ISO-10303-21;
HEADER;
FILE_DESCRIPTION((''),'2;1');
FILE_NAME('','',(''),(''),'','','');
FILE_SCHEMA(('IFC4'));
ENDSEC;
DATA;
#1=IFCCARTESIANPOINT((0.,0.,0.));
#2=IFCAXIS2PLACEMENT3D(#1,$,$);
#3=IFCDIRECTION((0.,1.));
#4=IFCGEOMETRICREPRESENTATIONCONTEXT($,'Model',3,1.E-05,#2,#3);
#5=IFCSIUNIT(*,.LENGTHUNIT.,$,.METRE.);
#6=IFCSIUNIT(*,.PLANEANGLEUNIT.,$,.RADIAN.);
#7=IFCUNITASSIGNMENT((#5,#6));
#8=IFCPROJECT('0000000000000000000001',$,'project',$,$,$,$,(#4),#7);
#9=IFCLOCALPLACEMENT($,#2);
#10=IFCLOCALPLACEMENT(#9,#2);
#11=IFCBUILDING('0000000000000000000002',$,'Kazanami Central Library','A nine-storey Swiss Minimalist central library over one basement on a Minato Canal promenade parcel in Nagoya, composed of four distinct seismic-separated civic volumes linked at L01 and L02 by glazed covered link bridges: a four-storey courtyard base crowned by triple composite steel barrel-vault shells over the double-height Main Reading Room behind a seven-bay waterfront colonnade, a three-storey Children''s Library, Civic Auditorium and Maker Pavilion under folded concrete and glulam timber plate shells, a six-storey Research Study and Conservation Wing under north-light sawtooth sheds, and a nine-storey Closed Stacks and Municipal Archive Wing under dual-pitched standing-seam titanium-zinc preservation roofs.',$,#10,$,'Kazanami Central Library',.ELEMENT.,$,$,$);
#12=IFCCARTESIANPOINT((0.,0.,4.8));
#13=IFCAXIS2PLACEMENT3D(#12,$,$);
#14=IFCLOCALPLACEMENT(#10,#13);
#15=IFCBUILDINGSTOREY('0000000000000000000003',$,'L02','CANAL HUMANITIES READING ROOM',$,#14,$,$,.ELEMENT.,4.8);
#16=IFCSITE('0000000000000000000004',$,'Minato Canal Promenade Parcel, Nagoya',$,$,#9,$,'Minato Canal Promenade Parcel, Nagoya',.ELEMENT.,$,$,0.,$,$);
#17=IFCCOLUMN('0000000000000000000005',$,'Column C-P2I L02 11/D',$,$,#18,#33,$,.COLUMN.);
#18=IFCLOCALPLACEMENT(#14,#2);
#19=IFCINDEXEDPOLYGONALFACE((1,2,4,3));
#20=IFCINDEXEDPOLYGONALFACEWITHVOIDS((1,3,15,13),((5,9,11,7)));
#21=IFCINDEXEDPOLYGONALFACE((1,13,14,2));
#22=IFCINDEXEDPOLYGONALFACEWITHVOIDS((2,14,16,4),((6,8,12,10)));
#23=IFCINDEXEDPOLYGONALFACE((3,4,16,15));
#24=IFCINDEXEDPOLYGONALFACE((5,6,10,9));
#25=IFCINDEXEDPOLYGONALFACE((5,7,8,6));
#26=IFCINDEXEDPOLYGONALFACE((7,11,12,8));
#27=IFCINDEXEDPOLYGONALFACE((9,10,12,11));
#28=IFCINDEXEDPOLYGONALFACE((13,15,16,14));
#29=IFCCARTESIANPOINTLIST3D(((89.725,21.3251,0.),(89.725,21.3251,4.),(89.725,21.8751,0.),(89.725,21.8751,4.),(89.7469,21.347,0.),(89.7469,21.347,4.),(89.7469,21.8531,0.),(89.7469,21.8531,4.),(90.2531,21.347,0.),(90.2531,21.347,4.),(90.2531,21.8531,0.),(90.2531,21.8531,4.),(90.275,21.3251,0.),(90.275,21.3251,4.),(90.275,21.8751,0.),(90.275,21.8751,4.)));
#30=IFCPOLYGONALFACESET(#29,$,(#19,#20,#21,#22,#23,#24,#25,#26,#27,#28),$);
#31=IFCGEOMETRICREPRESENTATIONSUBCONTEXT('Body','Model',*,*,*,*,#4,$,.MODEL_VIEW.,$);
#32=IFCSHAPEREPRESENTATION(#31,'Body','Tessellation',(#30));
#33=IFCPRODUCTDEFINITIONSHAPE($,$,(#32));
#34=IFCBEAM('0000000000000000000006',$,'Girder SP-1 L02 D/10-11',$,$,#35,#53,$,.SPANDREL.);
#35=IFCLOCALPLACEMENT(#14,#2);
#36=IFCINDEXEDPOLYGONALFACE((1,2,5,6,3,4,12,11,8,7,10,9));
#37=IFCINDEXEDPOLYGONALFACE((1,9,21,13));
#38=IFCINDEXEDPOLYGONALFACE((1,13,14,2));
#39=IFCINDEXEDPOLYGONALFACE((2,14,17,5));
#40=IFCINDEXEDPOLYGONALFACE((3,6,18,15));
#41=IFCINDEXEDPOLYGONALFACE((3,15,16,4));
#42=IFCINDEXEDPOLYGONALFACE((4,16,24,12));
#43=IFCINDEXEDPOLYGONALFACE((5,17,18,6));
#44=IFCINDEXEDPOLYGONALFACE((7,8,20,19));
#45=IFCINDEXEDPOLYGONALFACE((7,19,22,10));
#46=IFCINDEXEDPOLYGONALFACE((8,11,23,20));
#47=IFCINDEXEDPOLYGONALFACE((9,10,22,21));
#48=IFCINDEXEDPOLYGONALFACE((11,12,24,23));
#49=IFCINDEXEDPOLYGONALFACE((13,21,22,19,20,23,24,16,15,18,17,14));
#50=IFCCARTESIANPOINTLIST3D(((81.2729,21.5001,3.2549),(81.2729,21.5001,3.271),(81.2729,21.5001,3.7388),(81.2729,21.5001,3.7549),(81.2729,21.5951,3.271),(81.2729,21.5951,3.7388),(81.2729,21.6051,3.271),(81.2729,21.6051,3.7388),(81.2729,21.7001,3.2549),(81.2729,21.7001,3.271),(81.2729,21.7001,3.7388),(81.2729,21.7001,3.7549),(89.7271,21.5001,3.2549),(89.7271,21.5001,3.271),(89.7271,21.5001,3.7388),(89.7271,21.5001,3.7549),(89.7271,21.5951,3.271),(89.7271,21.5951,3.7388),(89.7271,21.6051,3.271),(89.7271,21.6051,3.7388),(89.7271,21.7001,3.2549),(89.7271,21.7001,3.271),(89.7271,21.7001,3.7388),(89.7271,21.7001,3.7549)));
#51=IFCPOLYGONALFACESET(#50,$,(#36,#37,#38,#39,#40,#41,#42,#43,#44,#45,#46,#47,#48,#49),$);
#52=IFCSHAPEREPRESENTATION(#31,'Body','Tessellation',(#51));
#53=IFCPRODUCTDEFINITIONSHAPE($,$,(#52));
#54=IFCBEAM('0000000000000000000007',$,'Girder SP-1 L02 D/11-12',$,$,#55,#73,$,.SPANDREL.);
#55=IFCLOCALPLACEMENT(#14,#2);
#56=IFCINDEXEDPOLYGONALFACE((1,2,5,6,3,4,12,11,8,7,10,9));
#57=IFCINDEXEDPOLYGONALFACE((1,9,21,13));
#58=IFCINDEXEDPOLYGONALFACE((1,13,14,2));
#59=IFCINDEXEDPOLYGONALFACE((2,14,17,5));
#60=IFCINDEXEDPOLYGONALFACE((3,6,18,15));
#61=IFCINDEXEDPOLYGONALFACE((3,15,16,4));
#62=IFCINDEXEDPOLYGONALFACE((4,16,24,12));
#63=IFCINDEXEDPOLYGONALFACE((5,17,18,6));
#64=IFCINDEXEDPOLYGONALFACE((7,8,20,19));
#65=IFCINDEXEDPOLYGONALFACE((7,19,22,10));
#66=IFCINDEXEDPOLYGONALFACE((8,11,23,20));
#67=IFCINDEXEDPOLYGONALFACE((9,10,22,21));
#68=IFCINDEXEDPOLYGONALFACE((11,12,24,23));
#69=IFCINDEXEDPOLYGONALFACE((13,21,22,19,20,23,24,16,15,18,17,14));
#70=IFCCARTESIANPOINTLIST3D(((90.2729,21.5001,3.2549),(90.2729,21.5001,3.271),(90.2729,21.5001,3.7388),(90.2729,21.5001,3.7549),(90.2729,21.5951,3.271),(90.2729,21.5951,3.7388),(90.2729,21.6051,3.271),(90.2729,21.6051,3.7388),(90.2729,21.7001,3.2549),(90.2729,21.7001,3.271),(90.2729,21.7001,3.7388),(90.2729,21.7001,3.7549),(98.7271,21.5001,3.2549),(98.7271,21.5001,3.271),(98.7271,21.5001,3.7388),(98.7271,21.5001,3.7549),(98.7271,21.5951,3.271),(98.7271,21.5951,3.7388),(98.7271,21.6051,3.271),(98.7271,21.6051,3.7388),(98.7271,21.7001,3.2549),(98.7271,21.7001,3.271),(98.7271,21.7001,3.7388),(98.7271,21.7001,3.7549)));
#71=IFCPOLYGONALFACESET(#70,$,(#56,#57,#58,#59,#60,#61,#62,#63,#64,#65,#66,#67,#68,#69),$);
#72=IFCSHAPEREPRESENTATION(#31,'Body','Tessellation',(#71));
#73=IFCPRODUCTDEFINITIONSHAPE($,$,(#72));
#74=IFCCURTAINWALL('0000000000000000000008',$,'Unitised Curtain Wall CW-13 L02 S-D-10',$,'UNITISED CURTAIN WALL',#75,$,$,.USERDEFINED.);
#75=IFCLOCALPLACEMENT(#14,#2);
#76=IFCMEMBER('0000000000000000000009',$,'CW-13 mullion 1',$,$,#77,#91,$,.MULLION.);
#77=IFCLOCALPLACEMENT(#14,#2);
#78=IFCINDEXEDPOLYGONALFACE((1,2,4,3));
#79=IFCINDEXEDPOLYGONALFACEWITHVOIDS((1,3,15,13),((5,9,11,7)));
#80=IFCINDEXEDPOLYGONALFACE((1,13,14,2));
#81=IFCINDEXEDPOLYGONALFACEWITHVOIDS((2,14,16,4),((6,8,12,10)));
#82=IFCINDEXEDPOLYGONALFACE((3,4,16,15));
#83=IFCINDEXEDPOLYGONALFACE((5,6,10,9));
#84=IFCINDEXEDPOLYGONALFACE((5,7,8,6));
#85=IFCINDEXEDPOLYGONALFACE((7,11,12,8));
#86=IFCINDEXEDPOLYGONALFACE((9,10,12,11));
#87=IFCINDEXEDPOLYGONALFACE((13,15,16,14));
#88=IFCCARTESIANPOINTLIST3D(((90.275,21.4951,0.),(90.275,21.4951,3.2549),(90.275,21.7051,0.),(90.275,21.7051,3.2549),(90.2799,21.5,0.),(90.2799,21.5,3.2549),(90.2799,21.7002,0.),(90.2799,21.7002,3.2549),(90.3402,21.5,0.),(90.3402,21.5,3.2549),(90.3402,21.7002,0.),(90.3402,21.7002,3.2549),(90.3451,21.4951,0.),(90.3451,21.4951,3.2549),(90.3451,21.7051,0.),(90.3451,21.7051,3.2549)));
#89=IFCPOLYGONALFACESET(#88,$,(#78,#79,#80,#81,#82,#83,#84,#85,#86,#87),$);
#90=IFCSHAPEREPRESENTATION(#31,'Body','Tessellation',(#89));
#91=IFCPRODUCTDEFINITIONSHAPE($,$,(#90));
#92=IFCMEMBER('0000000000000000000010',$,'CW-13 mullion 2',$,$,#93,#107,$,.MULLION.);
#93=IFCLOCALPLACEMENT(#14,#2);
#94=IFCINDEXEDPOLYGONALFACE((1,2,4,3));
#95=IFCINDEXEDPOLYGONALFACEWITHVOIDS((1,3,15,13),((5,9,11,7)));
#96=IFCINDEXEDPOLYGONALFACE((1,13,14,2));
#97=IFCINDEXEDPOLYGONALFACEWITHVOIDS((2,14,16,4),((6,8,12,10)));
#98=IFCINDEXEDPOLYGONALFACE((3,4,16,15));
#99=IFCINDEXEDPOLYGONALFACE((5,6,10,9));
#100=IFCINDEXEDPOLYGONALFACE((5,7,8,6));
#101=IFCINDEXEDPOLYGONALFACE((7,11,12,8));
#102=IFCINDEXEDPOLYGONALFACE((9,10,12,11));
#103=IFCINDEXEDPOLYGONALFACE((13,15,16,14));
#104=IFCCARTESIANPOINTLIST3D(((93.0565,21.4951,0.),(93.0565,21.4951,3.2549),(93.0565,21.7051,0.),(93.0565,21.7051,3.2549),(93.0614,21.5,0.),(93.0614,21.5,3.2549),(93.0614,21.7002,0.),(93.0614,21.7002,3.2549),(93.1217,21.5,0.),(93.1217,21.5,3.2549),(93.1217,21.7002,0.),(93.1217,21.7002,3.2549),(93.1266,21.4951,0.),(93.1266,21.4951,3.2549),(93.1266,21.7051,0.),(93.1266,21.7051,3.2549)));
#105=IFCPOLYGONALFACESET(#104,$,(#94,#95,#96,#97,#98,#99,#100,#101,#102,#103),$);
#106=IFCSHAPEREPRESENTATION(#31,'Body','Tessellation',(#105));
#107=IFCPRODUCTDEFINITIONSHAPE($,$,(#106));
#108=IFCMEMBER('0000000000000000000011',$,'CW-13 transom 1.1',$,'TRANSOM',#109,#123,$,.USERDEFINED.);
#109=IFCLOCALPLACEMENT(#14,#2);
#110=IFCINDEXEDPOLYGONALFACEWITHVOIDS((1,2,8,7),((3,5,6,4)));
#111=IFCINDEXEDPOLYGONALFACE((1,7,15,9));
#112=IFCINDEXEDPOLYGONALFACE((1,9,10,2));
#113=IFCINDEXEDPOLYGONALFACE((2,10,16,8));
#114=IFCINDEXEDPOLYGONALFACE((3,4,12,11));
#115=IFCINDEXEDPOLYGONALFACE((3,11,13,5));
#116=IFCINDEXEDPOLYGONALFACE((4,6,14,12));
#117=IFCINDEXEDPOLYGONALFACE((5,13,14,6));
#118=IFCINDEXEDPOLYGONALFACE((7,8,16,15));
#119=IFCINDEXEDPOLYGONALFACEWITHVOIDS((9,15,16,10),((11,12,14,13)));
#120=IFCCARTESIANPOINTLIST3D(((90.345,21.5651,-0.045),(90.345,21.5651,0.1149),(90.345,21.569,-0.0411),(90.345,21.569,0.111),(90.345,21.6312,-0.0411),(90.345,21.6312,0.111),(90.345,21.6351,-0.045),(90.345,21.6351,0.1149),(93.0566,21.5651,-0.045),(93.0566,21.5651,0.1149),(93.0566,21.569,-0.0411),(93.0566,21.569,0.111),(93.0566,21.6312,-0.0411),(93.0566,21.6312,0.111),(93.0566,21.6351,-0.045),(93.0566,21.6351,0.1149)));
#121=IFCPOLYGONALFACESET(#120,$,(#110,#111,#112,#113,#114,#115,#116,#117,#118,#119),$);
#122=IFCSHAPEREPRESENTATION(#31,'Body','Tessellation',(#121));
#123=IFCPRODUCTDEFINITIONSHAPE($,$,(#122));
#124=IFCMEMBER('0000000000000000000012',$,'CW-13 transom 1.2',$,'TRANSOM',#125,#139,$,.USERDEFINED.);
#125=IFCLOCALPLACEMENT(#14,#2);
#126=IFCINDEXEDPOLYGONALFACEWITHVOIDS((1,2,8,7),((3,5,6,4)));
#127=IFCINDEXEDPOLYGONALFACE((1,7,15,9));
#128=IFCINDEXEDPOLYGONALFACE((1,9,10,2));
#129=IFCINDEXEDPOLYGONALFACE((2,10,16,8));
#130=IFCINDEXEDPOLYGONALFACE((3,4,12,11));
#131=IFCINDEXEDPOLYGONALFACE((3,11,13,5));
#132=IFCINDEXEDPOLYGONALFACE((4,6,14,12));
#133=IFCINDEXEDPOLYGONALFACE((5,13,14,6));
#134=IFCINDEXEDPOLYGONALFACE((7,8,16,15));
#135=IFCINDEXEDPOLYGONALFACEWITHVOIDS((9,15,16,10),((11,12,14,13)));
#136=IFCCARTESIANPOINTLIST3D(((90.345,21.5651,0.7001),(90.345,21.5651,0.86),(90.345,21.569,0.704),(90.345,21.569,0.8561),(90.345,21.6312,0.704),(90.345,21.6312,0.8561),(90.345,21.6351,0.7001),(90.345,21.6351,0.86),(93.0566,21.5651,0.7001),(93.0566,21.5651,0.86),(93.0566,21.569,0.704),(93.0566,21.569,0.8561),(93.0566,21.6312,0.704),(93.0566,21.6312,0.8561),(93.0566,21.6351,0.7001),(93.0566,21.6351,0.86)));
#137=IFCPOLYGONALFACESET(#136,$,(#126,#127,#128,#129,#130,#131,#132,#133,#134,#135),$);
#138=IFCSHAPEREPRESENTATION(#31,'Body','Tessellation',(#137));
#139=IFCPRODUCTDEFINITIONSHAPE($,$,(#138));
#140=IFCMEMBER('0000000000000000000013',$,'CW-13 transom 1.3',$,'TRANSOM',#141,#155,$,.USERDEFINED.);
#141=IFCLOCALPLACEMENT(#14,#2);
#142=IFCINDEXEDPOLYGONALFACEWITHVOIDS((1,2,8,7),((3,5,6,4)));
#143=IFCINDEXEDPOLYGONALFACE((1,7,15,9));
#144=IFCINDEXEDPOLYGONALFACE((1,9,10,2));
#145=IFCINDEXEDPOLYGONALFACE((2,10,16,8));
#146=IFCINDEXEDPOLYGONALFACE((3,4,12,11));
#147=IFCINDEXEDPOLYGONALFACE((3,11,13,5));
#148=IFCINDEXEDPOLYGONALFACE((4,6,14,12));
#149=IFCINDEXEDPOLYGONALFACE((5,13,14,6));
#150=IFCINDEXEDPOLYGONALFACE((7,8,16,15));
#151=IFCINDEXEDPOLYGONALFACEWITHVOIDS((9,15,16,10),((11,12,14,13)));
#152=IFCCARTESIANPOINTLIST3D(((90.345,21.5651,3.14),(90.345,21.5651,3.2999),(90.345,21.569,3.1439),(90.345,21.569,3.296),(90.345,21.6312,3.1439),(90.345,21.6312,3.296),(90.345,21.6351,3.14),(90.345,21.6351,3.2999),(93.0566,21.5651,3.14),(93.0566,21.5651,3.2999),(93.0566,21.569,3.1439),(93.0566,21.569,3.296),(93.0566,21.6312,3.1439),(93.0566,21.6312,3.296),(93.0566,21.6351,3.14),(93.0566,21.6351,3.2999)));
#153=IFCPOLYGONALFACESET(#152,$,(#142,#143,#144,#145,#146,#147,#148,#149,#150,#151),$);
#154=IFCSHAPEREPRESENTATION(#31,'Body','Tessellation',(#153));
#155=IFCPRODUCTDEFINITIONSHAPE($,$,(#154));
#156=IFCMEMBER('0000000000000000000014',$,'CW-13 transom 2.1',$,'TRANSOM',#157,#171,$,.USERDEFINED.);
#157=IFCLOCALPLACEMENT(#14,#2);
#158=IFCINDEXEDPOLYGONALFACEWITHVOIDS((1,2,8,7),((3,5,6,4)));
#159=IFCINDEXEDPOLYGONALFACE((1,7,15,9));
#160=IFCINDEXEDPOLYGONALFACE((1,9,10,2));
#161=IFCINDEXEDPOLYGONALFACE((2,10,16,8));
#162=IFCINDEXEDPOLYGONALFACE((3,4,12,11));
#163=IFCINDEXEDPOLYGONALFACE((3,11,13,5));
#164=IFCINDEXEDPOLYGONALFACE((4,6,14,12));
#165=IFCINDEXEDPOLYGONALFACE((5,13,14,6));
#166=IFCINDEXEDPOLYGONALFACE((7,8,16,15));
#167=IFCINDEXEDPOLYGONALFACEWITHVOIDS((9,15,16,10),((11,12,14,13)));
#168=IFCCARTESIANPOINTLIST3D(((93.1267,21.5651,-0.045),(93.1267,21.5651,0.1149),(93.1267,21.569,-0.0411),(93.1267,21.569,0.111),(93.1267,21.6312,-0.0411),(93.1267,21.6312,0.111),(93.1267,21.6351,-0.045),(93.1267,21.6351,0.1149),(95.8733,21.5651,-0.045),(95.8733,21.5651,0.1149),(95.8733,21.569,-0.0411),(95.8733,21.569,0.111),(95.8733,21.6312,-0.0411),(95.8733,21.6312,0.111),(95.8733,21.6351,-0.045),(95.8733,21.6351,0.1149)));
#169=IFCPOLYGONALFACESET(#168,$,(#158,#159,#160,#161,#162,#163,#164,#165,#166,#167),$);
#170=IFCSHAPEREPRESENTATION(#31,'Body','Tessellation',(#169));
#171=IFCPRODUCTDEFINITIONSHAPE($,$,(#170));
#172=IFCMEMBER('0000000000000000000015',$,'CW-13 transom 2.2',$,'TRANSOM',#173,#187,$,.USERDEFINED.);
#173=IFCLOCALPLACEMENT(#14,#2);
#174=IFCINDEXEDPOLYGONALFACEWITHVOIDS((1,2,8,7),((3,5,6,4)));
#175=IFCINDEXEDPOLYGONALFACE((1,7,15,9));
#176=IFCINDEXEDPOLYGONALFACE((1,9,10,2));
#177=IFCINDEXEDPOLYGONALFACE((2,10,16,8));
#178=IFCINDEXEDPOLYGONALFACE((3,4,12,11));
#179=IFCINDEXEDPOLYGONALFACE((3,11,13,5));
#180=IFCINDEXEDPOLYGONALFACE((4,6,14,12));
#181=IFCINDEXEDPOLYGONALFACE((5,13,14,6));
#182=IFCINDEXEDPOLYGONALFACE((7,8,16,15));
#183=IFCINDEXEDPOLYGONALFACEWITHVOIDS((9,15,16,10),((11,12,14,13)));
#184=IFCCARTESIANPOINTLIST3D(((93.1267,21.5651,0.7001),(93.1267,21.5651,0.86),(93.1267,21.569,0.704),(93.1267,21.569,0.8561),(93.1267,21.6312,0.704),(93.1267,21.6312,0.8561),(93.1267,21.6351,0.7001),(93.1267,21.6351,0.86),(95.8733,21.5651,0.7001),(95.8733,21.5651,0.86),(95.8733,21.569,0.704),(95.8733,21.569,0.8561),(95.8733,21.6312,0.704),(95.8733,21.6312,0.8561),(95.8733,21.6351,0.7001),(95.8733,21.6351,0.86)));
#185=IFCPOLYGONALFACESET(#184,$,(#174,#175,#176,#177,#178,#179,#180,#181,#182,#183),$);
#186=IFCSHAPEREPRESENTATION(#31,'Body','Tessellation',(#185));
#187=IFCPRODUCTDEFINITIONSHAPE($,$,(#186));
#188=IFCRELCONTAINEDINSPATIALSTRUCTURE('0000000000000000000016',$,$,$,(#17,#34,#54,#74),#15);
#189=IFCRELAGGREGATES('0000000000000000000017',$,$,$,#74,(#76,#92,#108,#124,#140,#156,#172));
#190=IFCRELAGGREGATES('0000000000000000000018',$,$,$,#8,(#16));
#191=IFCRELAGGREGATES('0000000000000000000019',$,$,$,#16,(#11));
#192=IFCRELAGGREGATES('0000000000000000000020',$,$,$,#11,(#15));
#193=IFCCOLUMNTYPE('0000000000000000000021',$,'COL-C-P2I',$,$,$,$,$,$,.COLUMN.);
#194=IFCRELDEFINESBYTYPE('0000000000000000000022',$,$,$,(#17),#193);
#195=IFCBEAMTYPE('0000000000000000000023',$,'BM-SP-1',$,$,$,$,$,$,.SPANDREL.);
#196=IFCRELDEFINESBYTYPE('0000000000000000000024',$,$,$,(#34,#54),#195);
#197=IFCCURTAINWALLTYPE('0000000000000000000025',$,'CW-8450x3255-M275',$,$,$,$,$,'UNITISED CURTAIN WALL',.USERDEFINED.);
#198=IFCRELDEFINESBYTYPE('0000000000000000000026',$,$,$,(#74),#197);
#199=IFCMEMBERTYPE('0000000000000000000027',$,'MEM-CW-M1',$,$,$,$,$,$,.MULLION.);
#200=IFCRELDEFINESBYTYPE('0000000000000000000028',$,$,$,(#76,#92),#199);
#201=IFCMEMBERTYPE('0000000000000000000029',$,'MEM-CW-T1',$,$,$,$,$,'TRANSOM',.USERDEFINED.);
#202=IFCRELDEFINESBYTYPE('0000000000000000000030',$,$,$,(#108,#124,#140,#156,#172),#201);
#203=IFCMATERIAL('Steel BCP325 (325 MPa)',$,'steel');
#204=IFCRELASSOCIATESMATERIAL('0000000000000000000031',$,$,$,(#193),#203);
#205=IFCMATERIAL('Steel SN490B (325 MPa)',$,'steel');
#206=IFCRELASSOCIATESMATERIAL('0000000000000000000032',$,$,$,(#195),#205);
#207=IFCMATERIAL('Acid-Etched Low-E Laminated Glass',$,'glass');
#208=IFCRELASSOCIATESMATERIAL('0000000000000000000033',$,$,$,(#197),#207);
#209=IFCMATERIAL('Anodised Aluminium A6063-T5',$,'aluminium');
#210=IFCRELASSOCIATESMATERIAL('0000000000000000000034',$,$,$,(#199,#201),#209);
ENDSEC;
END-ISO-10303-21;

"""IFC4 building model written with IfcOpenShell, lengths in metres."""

from ifc_helpers import new_model, si_unit, direction, frame, origin, origin_2d, place, context, subcontext, project, spatial, hollow_rectangle, i_section, extrude, material, material_profile, profile_set, type_object, element, aggregate, save


model = new_model("IFC4")

# Units and contexts
model_context = context("Model", 3, precision=1e-05, world=origin(), true_north=direction((0.0, 1.0)))
body_context = subcontext(model_context, "Body", "Model", "MODEL_VIEW")
ifc_project = project(units=[si_unit("LENGTHUNIT", "METRE"), si_unit("PLANEANGLEUNIT", "RADIAN")], contexts=[model_context])

# Site, building, storey
site_placement = place(None, origin())
site = spatial("IfcSite", under=ifc_project, at=site_placement, Name="Minato Canal Promenade Parcel, Nagoya", LongName="Minato Canal Promenade Parcel, Nagoya", CompositionType="ELEMENT", RefElevation=0.0)
building_placement = place(site_placement, origin())
building = spatial("IfcBuilding", under=site, at=building_placement, Name="Kazanami Central Library", Description="A nine-storey Swiss Minimalist central library over one basement on a Minato Canal promenade parcel in Nagoya, composed of four distinct seismic-separated civic volumes linked at L01 and L02 by glazed covered link bridges: a four-storey courtyard base crowned by triple composite steel barrel-vault shells over the double-height Main Reading Room behind a seven-bay waterfront colonnade, a three-storey Children's Library, Civic Auditorium and Maker Pavilion under folded concrete and glulam timber plate shells, a six-storey Research Study and Conservation Wing under north-light sawtooth sheds, and a nine-storey Closed Stacks and Municipal Archive Wing under dual-pitched standing-seam titanium-zinc preservation roofs.", LongName="Kazanami Central Library", CompositionType="ELEMENT")
storey_placement = place(building_placement, frame((0.0, 0.0, 4.8)))
storey = spatial("IfcBuildingStorey", under=building, at=storey_placement, Name="L02", Description="CANAL HUMANITIES READING ROOM", CompositionType="ELEMENT", Elevation=4.8)

# Column
ifc_material_1 = material(Name="Steel BCP325 (325 MPa)", Category="steel")
ifc_material_profile_1 = material_profile(ifc_material_1, hollow_rectangle(XDim=0.55, YDim=0.55, WallThickness=0.022, at=origin_2d()), Name="BCP-550x550x22")
ifc_profile_set_1 = profile_set([ifc_material_profile_1], Name="Steel BCP325 (325 MPa)")
column_type = type_object("IfcColumnType", Name="COL-C-P2I", PredefinedType="COLUMN", material=ifc_profile_set_1)
column_placement = place(storey_placement, frame((90.0, 21.6001, 0.0), z_axis=(0.0, 0.0, 1.0), x_axis=(1.0, 0.0, 0.0)))
element("IfcColumn", 1, at=column_placement, inside=storey, type_object=column_type, Name="Column C-P2I L02 11/D", PredefinedType="COLUMN", context=body_context, shape_type="SweptSolid", body=[
    extrude(hollow_rectangle(XDim=0.55, YDim=0.55, WallThickness=0.022, at=origin_2d()), origin(), (0.0, 0.0, 1.0), 4.0),
])

# Beams
ifc_material_2 = material(Name="Steel SN490B (325 MPa)", Category="steel")
ifc_material_profile_2 = material_profile(ifc_material_2, i_section(OverallWidth=0.2, OverallDepth=0.5, WebThickness=0.01, FlangeThickness=0.0161, at=origin_2d()), Name="H-500x200x10x16")
ifc_profile_set_2 = profile_set([ifc_material_profile_2], Name="Steel SN490B (325 MPa)")
beam_type = type_object("IfcBeamType", Name="BM-SP-1", PredefinedType="SPANDREL", material=ifc_profile_set_2)
for number, where, z_axis, x_axis, name in (
    (2, (81.2729, 21.6001, 3.5049), (1.0, 0.0, 0.0), (0.0, 1.0, 0.0), "Girder SP-1 L02 D/10-11"),
    (3, (90.2729, 21.6001, 3.5049), (1.0, 0.0, 0.0), (0.0, 1.0, 0.0), "Girder SP-1 L02 D/11-12"),
):
    element("IfcBeam", number, at=place(storey_placement, frame(where, z_axis=z_axis, x_axis=x_axis)), inside=storey, type_object=beam_type, Name=name, PredefinedType="SPANDREL", context=body_context, shape_type="SweptSolid", body=[
        extrude(i_section(OverallWidth=0.2, OverallDepth=0.5, WebThickness=0.01, FlangeThickness=0.0161, at=origin_2d()), origin(), (0.0, 0.0, 1.0), 8.4541),
    ])

# Curtain wall, members
ifc_material_3 = material(Name="Acid-Etched Low-E Laminated Glass", Category="glass")
curtain_wall_type = type_object("IfcCurtainWallType", Name="CW-8450x3255-M275", ElementType="UNITISED CURTAIN WALL", PredefinedType="USERDEFINED", material=ifc_material_3)
curtain_wall_placement = place(storey_placement, origin())
curtain_wall = element("IfcCurtainWall", 4, at=curtain_wall_placement, inside=storey, type_object=curtain_wall_type, Name="Unitised Curtain Wall CW-13 L02 S-D-10", ObjectType="UNITISED CURTAIN WALL", PredefinedType="USERDEFINED")
ifc_material_4 = material(Name="Anodised Aluminium A6063-T5", Category="aluminium")
ifc_material_profile_3 = material_profile(ifc_material_4, hollow_rectangle(XDim=0.0701, YDim=0.21, WallThickness=0.0049, at=origin_2d()), Name="ALU-MULL-70x210x5")
ifc_profile_set_3 = profile_set([ifc_material_profile_3], Name="Anodised Aluminium A6063-T5")
member_type_1 = type_object("IfcMemberType", Name="MEM-CW-M1", PredefinedType="MULLION", material=ifc_profile_set_3)
member_1_placement = place(storey_placement, frame((90.3101, 21.6001, 0.0), z_axis=(0.0, 0.0, 1.0), x_axis=(1.0, 0.0, 0.0)))
member_1 = element("IfcMember", 5, at=member_1_placement, type_object=member_type_1, Name="CW-13 mullion 1", PredefinedType="MULLION", context=body_context, shape_type="SweptSolid", body=[
    extrude(hollow_rectangle(XDim=0.0701, YDim=0.21, WallThickness=0.0049, at=origin_2d()), origin(), (0.0, 0.0, 1.0), 3.2549),
])
member_2_placement = place(storey_placement, frame((93.0916, 21.6001, 0.0), z_axis=(0.0, 0.0, 1.0), x_axis=(1.0, 0.0, 0.0)))
member_2 = element("IfcMember", 6, at=member_2_placement, type_object=member_type_1, Name="CW-13 mullion 2", PredefinedType="MULLION", context=body_context, shape_type="SweptSolid", body=[
    extrude(hollow_rectangle(XDim=0.0701, YDim=0.21, WallThickness=0.0049, at=origin_2d()), origin(), (0.0, 0.0, 1.0), 3.2549),
])
ifc_material_profile_4 = material_profile(ifc_material_4, hollow_rectangle(XDim=0.0701, YDim=0.1599, WallThickness=0.0039, at=origin_2d()), Name="ALU-TRAN-70x160x4")
ifc_profile_set_4 = profile_set([ifc_material_profile_4], Name="Anodised Aluminium A6063-T5")
member_type_2 = type_object("IfcMemberType", Name="MEM-CW-T1", ElementType="TRANSOM", PredefinedType="USERDEFINED", material=ifc_profile_set_4)
member_3_placement = place(storey_placement, frame((90.345, 21.6001, 0.0349), z_axis=(1.0, 0.0, 0.0), x_axis=(0.0, 1.0, 0.0)))
member_3 = element("IfcMember", 7, at=member_3_placement, type_object=member_type_2, Name="CW-13 transom 1.1", ObjectType="TRANSOM", PredefinedType="USERDEFINED", context=body_context, shape_type="SweptSolid", body=[
    extrude(hollow_rectangle(XDim=0.0701, YDim=0.1599, WallThickness=0.0039, at=origin_2d()), origin(), (0.0, 0.0, 1.0), 2.7117),
])
member_4_placement = place(storey_placement, frame((90.345, 21.6001, 0.78), z_axis=(1.0, 0.0, 0.0), x_axis=(0.0, 1.0, 0.0)))
member_4 = element("IfcMember", 8, at=member_4_placement, type_object=member_type_2, Name="CW-13 transom 1.2", ObjectType="TRANSOM", PredefinedType="USERDEFINED", context=body_context, shape_type="SweptSolid", body=[
    extrude(hollow_rectangle(XDim=0.0701, YDim=0.1599, WallThickness=0.0039, at=origin_2d()), origin(), (0.0, 0.0, 1.0), 2.7117),
])
member_5_placement = place(storey_placement, frame((90.345, 21.6001, 3.22), z_axis=(1.0, 0.0, 0.0), x_axis=(0.0, 1.0, 0.0)))
member_5 = element("IfcMember", 9, at=member_5_placement, type_object=member_type_2, Name="CW-13 transom 1.3", ObjectType="TRANSOM", PredefinedType="USERDEFINED", context=body_context, shape_type="SweptSolid", body=[
    extrude(hollow_rectangle(XDim=0.0701, YDim=0.1599, WallThickness=0.0039, at=origin_2d()), origin(), (0.0, 0.0, 1.0), 2.7117),
])
member_6_placement = place(storey_placement, frame((93.1267, 21.6001, 0.0349), z_axis=(1.0, 0.0, 0.0), x_axis=(0.0, 1.0, 0.0)))
member_6 = element("IfcMember", 10, at=member_6_placement, type_object=member_type_2, Name="CW-13 transom 2.1", ObjectType="TRANSOM", PredefinedType="USERDEFINED", context=body_context, shape_type="SweptSolid", body=[
    extrude(hollow_rectangle(XDim=0.0701, YDim=0.1599, WallThickness=0.0039, at=origin_2d()), origin(), (0.0, 0.0, 1.0), 2.7466),
])
member_7_placement = place(storey_placement, frame((93.1267, 21.6001, 0.78), z_axis=(1.0, 0.0, 0.0), x_axis=(0.0, 1.0, 0.0)))
member_7 = element("IfcMember", 11, at=member_7_placement, type_object=member_type_2, Name="CW-13 transom 2.2", ObjectType="TRANSOM", PredefinedType="USERDEFINED", context=body_context, shape_type="SweptSolid", body=[
    extrude(hollow_rectangle(XDim=0.0701, YDim=0.1599, WallThickness=0.0039, at=origin_2d()), origin(), (0.0, 0.0, 1.0), 2.7466),
])
aggregate(curtain_wall, [member_1, member_2, member_3, member_4, member_5, member_6, member_7])

save(model, "model.ifc")
